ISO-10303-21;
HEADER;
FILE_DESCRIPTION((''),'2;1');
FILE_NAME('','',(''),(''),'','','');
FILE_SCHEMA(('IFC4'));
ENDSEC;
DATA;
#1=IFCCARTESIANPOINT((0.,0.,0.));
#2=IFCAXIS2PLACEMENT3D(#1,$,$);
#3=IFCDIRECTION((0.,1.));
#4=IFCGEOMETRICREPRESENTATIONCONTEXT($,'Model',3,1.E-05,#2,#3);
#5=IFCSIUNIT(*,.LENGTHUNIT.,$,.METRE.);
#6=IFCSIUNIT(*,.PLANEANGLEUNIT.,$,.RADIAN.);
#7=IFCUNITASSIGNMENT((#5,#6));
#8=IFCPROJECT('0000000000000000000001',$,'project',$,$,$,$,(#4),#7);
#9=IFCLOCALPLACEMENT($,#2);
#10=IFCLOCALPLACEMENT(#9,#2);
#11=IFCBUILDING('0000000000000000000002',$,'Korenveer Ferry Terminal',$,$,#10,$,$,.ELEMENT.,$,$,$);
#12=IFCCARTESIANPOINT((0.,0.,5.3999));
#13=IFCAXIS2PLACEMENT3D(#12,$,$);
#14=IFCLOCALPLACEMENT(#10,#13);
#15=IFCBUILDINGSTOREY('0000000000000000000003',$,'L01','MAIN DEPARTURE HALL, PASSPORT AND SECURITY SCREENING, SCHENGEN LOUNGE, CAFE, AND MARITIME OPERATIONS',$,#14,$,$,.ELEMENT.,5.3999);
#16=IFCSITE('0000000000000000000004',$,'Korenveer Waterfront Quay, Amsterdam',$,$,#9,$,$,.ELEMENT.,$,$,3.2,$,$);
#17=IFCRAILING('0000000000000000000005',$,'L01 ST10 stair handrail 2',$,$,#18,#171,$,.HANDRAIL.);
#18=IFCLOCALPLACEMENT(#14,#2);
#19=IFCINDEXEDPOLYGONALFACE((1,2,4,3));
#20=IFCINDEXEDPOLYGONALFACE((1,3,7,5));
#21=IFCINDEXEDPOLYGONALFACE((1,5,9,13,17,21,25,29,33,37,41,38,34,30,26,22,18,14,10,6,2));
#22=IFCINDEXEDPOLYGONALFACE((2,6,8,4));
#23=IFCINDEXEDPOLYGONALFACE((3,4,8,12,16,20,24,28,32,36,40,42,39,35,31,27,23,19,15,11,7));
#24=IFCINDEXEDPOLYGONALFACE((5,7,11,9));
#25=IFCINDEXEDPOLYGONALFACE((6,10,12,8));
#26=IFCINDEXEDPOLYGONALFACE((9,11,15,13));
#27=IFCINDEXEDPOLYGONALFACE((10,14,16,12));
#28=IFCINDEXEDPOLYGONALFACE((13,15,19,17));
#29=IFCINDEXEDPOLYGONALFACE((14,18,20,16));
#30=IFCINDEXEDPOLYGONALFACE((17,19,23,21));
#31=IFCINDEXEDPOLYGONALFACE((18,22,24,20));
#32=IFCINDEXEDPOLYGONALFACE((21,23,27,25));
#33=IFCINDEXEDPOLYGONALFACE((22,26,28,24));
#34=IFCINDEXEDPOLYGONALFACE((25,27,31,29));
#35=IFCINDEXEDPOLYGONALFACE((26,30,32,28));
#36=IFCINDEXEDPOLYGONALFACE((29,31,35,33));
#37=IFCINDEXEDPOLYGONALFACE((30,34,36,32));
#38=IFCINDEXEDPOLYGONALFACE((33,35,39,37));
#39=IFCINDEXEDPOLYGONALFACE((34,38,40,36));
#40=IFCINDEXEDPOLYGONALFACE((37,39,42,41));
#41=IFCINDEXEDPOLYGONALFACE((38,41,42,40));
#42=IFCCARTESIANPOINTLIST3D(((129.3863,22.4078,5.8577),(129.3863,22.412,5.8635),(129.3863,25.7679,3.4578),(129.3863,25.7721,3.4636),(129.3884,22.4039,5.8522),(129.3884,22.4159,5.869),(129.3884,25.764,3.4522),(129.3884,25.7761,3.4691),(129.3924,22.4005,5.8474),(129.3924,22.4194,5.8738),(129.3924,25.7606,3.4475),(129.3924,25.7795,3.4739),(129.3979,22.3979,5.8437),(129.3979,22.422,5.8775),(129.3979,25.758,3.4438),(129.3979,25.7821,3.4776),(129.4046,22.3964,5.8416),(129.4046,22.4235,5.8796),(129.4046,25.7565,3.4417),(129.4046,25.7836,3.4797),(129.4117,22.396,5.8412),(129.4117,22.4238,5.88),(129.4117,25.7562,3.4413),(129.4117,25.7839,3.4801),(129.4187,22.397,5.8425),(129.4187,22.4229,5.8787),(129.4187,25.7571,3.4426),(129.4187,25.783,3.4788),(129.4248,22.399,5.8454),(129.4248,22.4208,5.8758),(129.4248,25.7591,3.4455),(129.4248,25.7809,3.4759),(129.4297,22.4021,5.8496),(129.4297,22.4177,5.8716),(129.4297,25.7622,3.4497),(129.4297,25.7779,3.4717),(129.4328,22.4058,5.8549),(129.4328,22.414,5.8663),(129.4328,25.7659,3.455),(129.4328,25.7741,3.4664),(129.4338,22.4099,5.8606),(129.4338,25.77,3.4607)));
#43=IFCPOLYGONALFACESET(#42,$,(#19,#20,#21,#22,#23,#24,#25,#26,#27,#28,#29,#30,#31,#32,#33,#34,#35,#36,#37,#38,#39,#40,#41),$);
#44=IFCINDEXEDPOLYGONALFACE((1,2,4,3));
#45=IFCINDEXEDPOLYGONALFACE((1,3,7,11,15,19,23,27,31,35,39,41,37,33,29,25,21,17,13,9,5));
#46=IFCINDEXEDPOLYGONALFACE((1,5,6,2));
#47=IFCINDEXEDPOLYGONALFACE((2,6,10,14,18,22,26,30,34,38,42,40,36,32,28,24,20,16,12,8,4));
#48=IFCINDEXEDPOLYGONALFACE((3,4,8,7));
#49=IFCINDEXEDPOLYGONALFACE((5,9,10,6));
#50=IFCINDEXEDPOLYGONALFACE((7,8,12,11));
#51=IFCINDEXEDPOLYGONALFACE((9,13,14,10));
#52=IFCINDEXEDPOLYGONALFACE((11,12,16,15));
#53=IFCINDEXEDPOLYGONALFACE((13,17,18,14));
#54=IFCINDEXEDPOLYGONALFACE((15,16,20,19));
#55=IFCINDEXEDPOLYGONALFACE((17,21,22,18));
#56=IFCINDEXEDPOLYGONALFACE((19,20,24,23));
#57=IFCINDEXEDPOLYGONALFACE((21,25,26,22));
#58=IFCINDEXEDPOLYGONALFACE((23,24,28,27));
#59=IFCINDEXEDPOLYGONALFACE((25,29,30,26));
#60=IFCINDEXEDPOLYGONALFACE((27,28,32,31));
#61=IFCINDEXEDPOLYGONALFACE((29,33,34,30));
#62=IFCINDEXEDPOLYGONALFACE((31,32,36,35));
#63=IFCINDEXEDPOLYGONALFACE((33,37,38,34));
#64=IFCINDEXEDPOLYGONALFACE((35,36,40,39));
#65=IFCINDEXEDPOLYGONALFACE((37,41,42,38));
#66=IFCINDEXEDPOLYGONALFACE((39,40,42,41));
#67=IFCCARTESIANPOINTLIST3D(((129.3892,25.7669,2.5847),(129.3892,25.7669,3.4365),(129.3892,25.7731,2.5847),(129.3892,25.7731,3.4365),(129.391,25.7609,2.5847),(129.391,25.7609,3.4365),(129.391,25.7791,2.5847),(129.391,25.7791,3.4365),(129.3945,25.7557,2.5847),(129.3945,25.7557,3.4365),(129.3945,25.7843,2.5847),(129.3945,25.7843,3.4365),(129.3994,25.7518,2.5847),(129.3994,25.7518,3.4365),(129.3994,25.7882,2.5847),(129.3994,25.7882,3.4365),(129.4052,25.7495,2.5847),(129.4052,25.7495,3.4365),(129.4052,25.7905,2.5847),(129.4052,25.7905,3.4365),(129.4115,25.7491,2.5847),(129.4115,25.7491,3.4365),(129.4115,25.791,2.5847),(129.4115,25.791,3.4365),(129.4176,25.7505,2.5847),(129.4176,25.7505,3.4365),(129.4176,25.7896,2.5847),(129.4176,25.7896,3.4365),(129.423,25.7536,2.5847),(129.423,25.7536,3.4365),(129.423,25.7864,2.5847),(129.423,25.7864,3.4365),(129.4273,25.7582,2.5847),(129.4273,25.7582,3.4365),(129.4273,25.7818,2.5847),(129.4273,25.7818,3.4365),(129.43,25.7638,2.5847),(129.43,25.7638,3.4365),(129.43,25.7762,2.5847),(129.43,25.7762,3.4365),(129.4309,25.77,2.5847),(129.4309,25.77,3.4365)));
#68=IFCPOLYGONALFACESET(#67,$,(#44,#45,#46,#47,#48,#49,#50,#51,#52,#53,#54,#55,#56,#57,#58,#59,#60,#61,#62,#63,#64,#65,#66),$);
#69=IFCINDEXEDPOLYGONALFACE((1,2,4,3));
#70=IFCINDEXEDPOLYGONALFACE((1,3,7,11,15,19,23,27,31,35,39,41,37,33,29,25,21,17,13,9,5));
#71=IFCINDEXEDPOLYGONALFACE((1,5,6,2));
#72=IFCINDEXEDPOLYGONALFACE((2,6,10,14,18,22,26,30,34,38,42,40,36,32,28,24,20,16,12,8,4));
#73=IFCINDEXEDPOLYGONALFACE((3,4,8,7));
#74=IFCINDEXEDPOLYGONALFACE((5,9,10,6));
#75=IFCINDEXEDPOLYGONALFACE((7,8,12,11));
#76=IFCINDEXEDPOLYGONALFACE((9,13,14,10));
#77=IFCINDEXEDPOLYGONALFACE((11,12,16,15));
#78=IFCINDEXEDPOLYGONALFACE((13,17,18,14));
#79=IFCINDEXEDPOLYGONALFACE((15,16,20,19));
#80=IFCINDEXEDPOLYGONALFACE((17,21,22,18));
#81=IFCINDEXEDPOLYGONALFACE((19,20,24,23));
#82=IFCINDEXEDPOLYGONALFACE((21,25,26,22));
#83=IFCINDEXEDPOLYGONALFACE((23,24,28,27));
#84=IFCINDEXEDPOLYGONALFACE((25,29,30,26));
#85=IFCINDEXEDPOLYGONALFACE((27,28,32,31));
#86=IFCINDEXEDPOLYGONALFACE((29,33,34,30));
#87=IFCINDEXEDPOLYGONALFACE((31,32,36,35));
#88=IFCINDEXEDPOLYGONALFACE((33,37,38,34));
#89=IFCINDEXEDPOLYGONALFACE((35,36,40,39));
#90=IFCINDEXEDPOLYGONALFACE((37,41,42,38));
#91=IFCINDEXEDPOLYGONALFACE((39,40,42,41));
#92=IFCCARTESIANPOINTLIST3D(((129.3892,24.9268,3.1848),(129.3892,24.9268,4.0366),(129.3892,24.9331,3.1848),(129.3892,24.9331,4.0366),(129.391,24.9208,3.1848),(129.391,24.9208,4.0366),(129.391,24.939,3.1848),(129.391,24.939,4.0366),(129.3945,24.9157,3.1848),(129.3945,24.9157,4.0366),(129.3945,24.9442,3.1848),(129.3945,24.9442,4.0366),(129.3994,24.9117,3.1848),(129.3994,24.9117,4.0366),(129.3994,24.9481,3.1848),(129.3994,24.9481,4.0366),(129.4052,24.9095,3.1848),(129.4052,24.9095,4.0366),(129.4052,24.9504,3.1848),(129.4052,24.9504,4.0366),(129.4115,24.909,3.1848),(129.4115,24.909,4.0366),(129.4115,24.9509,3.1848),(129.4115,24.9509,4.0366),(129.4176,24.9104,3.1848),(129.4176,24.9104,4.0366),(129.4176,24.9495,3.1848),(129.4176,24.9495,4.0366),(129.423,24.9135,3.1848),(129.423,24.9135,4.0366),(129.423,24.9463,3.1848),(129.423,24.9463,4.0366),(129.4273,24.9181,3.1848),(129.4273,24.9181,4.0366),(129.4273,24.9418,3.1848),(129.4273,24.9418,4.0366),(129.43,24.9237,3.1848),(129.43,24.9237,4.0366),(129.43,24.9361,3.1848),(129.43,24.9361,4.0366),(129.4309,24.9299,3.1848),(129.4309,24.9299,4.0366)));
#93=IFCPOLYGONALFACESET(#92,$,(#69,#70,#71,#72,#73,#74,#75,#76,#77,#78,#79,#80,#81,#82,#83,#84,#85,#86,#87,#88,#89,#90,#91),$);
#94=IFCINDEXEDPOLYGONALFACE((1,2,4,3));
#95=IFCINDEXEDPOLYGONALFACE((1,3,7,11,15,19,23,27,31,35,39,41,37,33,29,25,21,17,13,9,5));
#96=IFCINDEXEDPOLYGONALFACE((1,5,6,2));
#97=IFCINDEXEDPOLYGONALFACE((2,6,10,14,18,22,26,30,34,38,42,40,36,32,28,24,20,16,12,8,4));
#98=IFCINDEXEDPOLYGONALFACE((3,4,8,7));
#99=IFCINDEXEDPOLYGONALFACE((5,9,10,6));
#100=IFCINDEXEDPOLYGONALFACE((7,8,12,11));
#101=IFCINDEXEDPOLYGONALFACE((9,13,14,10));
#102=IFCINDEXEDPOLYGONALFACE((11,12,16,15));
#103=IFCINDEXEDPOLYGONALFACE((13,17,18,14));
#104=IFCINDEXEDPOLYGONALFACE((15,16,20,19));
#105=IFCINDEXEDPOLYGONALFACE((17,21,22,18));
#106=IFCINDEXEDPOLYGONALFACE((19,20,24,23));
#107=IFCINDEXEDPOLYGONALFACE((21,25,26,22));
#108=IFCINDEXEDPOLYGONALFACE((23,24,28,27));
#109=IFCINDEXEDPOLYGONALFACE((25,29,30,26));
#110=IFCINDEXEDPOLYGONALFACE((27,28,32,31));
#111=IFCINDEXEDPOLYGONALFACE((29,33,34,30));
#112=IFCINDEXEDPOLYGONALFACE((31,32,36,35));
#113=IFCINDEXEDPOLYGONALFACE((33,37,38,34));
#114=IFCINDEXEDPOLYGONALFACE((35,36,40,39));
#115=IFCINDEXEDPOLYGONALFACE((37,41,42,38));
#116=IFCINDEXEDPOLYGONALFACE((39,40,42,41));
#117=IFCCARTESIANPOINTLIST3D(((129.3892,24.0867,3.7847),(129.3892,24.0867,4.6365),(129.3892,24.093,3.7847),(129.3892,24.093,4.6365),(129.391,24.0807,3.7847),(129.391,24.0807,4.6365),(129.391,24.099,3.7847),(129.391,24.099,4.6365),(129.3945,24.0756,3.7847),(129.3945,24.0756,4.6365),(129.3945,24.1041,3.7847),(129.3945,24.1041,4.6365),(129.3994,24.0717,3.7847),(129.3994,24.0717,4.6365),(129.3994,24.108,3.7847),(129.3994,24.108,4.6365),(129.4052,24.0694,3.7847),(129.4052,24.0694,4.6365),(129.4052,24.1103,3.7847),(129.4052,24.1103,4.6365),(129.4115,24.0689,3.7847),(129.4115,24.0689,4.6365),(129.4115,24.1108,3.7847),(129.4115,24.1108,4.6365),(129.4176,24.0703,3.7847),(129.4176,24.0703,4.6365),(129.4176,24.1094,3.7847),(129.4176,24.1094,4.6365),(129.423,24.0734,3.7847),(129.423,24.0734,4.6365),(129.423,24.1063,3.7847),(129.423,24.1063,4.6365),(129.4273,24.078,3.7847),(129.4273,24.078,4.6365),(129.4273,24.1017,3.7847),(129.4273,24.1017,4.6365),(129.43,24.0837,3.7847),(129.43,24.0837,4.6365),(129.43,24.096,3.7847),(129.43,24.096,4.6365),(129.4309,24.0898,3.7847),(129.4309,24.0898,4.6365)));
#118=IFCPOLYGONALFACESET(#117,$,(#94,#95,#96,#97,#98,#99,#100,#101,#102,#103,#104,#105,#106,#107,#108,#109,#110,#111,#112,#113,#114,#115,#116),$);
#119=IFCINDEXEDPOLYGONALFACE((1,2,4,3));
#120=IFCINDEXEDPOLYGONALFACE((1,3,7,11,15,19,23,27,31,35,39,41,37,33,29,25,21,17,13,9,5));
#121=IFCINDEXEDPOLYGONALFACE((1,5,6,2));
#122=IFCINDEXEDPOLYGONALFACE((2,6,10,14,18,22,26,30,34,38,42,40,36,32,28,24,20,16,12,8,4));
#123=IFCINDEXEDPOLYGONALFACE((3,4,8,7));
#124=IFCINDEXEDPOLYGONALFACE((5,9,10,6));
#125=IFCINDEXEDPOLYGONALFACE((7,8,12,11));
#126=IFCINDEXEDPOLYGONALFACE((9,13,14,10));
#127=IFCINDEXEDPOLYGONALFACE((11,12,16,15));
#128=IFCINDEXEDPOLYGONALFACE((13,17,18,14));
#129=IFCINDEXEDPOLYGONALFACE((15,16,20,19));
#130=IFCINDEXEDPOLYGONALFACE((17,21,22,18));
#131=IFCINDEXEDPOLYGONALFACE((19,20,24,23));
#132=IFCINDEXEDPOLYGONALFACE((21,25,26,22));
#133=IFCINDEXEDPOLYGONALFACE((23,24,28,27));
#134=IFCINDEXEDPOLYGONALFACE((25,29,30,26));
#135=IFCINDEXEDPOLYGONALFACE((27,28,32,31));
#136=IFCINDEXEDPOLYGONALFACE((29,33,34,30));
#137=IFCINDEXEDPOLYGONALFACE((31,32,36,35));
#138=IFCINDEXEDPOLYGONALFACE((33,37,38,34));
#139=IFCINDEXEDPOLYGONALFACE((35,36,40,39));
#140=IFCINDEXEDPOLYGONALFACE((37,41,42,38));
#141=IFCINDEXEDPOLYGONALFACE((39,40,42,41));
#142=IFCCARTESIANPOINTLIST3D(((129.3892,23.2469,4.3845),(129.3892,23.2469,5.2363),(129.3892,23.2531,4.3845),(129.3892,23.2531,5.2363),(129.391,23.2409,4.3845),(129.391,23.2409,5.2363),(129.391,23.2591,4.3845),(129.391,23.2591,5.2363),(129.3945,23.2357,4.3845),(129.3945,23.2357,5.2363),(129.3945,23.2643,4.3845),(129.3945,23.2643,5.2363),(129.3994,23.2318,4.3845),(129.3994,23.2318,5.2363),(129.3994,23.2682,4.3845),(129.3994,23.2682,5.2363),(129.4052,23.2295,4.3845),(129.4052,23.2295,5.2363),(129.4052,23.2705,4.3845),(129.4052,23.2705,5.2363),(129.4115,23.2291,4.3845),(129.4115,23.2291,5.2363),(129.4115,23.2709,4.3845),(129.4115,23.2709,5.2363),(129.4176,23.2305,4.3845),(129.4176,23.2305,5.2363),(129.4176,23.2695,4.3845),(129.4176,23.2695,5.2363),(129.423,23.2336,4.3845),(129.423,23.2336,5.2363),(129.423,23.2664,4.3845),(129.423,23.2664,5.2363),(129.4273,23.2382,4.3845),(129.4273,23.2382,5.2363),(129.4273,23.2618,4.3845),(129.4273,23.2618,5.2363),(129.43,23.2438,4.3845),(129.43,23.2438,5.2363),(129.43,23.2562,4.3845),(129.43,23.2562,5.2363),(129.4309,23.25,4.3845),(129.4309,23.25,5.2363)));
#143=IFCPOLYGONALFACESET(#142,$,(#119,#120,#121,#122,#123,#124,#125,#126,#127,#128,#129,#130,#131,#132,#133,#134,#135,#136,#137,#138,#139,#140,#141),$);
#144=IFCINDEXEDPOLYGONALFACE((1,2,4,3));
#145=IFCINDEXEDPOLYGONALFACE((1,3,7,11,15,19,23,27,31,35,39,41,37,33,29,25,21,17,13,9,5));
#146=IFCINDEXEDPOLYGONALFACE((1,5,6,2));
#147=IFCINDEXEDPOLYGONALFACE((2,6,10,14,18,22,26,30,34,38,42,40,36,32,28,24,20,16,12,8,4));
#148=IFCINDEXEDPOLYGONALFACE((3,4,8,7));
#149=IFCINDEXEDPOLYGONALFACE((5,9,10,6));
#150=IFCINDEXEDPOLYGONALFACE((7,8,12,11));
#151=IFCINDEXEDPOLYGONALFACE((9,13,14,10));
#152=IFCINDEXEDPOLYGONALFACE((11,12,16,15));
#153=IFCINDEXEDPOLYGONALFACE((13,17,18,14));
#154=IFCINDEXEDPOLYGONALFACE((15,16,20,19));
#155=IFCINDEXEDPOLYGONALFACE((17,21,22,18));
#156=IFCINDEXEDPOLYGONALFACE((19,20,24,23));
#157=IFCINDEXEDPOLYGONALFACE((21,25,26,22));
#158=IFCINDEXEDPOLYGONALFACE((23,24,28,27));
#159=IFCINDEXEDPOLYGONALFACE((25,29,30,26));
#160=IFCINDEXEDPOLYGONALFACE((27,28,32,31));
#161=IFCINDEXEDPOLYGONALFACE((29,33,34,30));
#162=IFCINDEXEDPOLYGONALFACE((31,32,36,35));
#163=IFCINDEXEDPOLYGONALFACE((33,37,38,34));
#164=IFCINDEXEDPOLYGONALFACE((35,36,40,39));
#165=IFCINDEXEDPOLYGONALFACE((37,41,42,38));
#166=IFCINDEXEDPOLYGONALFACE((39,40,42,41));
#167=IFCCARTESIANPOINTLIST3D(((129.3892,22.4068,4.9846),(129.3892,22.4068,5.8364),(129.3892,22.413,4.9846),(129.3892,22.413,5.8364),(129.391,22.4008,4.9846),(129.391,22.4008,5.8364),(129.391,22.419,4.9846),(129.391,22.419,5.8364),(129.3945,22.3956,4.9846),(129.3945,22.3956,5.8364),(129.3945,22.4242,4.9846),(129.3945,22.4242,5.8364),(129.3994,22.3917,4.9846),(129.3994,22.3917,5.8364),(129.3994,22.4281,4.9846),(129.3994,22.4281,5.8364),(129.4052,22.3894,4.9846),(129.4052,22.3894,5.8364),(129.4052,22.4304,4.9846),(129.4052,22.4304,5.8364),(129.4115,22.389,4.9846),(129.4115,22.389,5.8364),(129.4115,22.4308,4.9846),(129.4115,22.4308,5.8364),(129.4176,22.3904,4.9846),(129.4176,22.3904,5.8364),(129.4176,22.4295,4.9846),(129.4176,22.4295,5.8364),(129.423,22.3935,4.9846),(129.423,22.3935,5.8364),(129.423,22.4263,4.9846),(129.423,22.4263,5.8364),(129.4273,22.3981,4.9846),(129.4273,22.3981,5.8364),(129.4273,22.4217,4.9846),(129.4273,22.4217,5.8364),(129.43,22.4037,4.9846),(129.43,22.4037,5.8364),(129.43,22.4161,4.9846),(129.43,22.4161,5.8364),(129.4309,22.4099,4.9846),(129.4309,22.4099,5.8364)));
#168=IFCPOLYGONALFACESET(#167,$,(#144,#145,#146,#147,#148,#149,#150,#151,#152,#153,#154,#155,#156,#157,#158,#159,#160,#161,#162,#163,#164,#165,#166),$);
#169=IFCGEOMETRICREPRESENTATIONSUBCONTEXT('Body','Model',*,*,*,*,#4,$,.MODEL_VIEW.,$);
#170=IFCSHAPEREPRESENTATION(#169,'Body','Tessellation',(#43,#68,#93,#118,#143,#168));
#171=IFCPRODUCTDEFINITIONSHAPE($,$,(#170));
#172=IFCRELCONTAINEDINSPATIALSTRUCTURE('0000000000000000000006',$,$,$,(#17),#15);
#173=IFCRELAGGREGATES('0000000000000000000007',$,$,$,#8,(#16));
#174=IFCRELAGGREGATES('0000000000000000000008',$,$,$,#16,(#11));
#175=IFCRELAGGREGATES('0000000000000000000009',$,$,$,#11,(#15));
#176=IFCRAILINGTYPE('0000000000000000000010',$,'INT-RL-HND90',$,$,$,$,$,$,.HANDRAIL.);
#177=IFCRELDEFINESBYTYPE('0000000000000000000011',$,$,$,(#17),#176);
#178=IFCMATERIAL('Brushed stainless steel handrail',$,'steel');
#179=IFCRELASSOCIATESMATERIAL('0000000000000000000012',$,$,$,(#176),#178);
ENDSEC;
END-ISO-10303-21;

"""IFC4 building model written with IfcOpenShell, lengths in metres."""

from ifc_helpers import new_model, si_unit, direction, frame, origin, origin_2d, place, context, subcontext, project, spatial, circle, extrude, material, type_object, element, save


model = new_model("IFC4")

# Units and contexts
model_context = context("Model", 3, precision=1e-05, world=origin(), true_north=direction((0.0, 1.0)))
body_context = subcontext(model_context, "Body", "Model", "MODEL_VIEW")
ifc_project = project(units=[si_unit("LENGTHUNIT", "METRE"), si_unit("PLANEANGLEUNIT", "RADIAN")], contexts=[model_context])

# Site, building, storey
site_placement = place(None, origin())
site = spatial("IfcSite", under=ifc_project, at=site_placement, Name="Korenveer Waterfront Quay, Amsterdam", CompositionType="ELEMENT", RefElevation=3.2)
building_placement = place(site_placement, origin())
building = spatial("IfcBuilding", under=site, at=building_placement, Name="Korenveer Ferry Terminal", CompositionType="ELEMENT")
storey_placement = place(building_placement, frame((0.0, 0.0, 5.3999)))
storey = spatial("IfcBuildingStorey", under=building, at=storey_placement, Name="L01", Description="MAIN DEPARTURE HALL, PASSPORT AND SECURITY SCREENING, SCHENGEN LOUNGE, CAFE, AND MARITIME OPERATIONS", CompositionType="ELEMENT", Elevation=5.3999)

# Railing
ifc_material_1 = material(Name="Brushed stainless steel handrail", Category="steel")
railing_type_1 = type_object("IfcRailingType", Name="INT-RL-HND90", PredefinedType="HANDRAIL", material=ifc_material_1)
railing_1_placement = place(storey_placement, frame((129.4099, 25.77, 2.5847)))
element("IfcRailing", 1, at=railing_1_placement, inside=storey, type_object=railing_type_1, Name="L01 ST10 stair handrail 2", PredefinedType="HANDRAIL", context=body_context, shape_type="SweptSolid", body=[
    extrude(circle(Radius=0.0239, at=origin_2d()), frame((0.0, 0.0, 0.876), z_axis=(0.0, -0.813753, 0.58121), x_axis=(1.0, 0.0, 0.0)), (0.0, 0.0, 1.0), 4.1292),
    extrude(circle(Radius=0.021, at=origin_2d()), origin(), (0.0, 0.0, 1.0), 0.8518),
    extrude(circle(Radius=0.021, at=origin_2d()), frame((0.0, -0.8401, 0.6001)), (0.0, 0.0, 1.0), 0.8518),
    extrude(circle(Radius=0.021, at=origin_2d()), frame((0.0, -1.6802, 1.2)), (0.0, 0.0, 1.0), 0.8518),
    extrude(circle(Radius=0.021, at=origin_2d()), frame((0.0, -2.52, 1.7998)), (0.0, 0.0, 1.0), 0.8518),
    extrude(circle(Radius=0.021, at=origin_2d()), frame((0.0, -3.3601, 2.3999)), (0.0, 0.0, 1.0), 0.8518),
])

save(model, "model.ifc")
